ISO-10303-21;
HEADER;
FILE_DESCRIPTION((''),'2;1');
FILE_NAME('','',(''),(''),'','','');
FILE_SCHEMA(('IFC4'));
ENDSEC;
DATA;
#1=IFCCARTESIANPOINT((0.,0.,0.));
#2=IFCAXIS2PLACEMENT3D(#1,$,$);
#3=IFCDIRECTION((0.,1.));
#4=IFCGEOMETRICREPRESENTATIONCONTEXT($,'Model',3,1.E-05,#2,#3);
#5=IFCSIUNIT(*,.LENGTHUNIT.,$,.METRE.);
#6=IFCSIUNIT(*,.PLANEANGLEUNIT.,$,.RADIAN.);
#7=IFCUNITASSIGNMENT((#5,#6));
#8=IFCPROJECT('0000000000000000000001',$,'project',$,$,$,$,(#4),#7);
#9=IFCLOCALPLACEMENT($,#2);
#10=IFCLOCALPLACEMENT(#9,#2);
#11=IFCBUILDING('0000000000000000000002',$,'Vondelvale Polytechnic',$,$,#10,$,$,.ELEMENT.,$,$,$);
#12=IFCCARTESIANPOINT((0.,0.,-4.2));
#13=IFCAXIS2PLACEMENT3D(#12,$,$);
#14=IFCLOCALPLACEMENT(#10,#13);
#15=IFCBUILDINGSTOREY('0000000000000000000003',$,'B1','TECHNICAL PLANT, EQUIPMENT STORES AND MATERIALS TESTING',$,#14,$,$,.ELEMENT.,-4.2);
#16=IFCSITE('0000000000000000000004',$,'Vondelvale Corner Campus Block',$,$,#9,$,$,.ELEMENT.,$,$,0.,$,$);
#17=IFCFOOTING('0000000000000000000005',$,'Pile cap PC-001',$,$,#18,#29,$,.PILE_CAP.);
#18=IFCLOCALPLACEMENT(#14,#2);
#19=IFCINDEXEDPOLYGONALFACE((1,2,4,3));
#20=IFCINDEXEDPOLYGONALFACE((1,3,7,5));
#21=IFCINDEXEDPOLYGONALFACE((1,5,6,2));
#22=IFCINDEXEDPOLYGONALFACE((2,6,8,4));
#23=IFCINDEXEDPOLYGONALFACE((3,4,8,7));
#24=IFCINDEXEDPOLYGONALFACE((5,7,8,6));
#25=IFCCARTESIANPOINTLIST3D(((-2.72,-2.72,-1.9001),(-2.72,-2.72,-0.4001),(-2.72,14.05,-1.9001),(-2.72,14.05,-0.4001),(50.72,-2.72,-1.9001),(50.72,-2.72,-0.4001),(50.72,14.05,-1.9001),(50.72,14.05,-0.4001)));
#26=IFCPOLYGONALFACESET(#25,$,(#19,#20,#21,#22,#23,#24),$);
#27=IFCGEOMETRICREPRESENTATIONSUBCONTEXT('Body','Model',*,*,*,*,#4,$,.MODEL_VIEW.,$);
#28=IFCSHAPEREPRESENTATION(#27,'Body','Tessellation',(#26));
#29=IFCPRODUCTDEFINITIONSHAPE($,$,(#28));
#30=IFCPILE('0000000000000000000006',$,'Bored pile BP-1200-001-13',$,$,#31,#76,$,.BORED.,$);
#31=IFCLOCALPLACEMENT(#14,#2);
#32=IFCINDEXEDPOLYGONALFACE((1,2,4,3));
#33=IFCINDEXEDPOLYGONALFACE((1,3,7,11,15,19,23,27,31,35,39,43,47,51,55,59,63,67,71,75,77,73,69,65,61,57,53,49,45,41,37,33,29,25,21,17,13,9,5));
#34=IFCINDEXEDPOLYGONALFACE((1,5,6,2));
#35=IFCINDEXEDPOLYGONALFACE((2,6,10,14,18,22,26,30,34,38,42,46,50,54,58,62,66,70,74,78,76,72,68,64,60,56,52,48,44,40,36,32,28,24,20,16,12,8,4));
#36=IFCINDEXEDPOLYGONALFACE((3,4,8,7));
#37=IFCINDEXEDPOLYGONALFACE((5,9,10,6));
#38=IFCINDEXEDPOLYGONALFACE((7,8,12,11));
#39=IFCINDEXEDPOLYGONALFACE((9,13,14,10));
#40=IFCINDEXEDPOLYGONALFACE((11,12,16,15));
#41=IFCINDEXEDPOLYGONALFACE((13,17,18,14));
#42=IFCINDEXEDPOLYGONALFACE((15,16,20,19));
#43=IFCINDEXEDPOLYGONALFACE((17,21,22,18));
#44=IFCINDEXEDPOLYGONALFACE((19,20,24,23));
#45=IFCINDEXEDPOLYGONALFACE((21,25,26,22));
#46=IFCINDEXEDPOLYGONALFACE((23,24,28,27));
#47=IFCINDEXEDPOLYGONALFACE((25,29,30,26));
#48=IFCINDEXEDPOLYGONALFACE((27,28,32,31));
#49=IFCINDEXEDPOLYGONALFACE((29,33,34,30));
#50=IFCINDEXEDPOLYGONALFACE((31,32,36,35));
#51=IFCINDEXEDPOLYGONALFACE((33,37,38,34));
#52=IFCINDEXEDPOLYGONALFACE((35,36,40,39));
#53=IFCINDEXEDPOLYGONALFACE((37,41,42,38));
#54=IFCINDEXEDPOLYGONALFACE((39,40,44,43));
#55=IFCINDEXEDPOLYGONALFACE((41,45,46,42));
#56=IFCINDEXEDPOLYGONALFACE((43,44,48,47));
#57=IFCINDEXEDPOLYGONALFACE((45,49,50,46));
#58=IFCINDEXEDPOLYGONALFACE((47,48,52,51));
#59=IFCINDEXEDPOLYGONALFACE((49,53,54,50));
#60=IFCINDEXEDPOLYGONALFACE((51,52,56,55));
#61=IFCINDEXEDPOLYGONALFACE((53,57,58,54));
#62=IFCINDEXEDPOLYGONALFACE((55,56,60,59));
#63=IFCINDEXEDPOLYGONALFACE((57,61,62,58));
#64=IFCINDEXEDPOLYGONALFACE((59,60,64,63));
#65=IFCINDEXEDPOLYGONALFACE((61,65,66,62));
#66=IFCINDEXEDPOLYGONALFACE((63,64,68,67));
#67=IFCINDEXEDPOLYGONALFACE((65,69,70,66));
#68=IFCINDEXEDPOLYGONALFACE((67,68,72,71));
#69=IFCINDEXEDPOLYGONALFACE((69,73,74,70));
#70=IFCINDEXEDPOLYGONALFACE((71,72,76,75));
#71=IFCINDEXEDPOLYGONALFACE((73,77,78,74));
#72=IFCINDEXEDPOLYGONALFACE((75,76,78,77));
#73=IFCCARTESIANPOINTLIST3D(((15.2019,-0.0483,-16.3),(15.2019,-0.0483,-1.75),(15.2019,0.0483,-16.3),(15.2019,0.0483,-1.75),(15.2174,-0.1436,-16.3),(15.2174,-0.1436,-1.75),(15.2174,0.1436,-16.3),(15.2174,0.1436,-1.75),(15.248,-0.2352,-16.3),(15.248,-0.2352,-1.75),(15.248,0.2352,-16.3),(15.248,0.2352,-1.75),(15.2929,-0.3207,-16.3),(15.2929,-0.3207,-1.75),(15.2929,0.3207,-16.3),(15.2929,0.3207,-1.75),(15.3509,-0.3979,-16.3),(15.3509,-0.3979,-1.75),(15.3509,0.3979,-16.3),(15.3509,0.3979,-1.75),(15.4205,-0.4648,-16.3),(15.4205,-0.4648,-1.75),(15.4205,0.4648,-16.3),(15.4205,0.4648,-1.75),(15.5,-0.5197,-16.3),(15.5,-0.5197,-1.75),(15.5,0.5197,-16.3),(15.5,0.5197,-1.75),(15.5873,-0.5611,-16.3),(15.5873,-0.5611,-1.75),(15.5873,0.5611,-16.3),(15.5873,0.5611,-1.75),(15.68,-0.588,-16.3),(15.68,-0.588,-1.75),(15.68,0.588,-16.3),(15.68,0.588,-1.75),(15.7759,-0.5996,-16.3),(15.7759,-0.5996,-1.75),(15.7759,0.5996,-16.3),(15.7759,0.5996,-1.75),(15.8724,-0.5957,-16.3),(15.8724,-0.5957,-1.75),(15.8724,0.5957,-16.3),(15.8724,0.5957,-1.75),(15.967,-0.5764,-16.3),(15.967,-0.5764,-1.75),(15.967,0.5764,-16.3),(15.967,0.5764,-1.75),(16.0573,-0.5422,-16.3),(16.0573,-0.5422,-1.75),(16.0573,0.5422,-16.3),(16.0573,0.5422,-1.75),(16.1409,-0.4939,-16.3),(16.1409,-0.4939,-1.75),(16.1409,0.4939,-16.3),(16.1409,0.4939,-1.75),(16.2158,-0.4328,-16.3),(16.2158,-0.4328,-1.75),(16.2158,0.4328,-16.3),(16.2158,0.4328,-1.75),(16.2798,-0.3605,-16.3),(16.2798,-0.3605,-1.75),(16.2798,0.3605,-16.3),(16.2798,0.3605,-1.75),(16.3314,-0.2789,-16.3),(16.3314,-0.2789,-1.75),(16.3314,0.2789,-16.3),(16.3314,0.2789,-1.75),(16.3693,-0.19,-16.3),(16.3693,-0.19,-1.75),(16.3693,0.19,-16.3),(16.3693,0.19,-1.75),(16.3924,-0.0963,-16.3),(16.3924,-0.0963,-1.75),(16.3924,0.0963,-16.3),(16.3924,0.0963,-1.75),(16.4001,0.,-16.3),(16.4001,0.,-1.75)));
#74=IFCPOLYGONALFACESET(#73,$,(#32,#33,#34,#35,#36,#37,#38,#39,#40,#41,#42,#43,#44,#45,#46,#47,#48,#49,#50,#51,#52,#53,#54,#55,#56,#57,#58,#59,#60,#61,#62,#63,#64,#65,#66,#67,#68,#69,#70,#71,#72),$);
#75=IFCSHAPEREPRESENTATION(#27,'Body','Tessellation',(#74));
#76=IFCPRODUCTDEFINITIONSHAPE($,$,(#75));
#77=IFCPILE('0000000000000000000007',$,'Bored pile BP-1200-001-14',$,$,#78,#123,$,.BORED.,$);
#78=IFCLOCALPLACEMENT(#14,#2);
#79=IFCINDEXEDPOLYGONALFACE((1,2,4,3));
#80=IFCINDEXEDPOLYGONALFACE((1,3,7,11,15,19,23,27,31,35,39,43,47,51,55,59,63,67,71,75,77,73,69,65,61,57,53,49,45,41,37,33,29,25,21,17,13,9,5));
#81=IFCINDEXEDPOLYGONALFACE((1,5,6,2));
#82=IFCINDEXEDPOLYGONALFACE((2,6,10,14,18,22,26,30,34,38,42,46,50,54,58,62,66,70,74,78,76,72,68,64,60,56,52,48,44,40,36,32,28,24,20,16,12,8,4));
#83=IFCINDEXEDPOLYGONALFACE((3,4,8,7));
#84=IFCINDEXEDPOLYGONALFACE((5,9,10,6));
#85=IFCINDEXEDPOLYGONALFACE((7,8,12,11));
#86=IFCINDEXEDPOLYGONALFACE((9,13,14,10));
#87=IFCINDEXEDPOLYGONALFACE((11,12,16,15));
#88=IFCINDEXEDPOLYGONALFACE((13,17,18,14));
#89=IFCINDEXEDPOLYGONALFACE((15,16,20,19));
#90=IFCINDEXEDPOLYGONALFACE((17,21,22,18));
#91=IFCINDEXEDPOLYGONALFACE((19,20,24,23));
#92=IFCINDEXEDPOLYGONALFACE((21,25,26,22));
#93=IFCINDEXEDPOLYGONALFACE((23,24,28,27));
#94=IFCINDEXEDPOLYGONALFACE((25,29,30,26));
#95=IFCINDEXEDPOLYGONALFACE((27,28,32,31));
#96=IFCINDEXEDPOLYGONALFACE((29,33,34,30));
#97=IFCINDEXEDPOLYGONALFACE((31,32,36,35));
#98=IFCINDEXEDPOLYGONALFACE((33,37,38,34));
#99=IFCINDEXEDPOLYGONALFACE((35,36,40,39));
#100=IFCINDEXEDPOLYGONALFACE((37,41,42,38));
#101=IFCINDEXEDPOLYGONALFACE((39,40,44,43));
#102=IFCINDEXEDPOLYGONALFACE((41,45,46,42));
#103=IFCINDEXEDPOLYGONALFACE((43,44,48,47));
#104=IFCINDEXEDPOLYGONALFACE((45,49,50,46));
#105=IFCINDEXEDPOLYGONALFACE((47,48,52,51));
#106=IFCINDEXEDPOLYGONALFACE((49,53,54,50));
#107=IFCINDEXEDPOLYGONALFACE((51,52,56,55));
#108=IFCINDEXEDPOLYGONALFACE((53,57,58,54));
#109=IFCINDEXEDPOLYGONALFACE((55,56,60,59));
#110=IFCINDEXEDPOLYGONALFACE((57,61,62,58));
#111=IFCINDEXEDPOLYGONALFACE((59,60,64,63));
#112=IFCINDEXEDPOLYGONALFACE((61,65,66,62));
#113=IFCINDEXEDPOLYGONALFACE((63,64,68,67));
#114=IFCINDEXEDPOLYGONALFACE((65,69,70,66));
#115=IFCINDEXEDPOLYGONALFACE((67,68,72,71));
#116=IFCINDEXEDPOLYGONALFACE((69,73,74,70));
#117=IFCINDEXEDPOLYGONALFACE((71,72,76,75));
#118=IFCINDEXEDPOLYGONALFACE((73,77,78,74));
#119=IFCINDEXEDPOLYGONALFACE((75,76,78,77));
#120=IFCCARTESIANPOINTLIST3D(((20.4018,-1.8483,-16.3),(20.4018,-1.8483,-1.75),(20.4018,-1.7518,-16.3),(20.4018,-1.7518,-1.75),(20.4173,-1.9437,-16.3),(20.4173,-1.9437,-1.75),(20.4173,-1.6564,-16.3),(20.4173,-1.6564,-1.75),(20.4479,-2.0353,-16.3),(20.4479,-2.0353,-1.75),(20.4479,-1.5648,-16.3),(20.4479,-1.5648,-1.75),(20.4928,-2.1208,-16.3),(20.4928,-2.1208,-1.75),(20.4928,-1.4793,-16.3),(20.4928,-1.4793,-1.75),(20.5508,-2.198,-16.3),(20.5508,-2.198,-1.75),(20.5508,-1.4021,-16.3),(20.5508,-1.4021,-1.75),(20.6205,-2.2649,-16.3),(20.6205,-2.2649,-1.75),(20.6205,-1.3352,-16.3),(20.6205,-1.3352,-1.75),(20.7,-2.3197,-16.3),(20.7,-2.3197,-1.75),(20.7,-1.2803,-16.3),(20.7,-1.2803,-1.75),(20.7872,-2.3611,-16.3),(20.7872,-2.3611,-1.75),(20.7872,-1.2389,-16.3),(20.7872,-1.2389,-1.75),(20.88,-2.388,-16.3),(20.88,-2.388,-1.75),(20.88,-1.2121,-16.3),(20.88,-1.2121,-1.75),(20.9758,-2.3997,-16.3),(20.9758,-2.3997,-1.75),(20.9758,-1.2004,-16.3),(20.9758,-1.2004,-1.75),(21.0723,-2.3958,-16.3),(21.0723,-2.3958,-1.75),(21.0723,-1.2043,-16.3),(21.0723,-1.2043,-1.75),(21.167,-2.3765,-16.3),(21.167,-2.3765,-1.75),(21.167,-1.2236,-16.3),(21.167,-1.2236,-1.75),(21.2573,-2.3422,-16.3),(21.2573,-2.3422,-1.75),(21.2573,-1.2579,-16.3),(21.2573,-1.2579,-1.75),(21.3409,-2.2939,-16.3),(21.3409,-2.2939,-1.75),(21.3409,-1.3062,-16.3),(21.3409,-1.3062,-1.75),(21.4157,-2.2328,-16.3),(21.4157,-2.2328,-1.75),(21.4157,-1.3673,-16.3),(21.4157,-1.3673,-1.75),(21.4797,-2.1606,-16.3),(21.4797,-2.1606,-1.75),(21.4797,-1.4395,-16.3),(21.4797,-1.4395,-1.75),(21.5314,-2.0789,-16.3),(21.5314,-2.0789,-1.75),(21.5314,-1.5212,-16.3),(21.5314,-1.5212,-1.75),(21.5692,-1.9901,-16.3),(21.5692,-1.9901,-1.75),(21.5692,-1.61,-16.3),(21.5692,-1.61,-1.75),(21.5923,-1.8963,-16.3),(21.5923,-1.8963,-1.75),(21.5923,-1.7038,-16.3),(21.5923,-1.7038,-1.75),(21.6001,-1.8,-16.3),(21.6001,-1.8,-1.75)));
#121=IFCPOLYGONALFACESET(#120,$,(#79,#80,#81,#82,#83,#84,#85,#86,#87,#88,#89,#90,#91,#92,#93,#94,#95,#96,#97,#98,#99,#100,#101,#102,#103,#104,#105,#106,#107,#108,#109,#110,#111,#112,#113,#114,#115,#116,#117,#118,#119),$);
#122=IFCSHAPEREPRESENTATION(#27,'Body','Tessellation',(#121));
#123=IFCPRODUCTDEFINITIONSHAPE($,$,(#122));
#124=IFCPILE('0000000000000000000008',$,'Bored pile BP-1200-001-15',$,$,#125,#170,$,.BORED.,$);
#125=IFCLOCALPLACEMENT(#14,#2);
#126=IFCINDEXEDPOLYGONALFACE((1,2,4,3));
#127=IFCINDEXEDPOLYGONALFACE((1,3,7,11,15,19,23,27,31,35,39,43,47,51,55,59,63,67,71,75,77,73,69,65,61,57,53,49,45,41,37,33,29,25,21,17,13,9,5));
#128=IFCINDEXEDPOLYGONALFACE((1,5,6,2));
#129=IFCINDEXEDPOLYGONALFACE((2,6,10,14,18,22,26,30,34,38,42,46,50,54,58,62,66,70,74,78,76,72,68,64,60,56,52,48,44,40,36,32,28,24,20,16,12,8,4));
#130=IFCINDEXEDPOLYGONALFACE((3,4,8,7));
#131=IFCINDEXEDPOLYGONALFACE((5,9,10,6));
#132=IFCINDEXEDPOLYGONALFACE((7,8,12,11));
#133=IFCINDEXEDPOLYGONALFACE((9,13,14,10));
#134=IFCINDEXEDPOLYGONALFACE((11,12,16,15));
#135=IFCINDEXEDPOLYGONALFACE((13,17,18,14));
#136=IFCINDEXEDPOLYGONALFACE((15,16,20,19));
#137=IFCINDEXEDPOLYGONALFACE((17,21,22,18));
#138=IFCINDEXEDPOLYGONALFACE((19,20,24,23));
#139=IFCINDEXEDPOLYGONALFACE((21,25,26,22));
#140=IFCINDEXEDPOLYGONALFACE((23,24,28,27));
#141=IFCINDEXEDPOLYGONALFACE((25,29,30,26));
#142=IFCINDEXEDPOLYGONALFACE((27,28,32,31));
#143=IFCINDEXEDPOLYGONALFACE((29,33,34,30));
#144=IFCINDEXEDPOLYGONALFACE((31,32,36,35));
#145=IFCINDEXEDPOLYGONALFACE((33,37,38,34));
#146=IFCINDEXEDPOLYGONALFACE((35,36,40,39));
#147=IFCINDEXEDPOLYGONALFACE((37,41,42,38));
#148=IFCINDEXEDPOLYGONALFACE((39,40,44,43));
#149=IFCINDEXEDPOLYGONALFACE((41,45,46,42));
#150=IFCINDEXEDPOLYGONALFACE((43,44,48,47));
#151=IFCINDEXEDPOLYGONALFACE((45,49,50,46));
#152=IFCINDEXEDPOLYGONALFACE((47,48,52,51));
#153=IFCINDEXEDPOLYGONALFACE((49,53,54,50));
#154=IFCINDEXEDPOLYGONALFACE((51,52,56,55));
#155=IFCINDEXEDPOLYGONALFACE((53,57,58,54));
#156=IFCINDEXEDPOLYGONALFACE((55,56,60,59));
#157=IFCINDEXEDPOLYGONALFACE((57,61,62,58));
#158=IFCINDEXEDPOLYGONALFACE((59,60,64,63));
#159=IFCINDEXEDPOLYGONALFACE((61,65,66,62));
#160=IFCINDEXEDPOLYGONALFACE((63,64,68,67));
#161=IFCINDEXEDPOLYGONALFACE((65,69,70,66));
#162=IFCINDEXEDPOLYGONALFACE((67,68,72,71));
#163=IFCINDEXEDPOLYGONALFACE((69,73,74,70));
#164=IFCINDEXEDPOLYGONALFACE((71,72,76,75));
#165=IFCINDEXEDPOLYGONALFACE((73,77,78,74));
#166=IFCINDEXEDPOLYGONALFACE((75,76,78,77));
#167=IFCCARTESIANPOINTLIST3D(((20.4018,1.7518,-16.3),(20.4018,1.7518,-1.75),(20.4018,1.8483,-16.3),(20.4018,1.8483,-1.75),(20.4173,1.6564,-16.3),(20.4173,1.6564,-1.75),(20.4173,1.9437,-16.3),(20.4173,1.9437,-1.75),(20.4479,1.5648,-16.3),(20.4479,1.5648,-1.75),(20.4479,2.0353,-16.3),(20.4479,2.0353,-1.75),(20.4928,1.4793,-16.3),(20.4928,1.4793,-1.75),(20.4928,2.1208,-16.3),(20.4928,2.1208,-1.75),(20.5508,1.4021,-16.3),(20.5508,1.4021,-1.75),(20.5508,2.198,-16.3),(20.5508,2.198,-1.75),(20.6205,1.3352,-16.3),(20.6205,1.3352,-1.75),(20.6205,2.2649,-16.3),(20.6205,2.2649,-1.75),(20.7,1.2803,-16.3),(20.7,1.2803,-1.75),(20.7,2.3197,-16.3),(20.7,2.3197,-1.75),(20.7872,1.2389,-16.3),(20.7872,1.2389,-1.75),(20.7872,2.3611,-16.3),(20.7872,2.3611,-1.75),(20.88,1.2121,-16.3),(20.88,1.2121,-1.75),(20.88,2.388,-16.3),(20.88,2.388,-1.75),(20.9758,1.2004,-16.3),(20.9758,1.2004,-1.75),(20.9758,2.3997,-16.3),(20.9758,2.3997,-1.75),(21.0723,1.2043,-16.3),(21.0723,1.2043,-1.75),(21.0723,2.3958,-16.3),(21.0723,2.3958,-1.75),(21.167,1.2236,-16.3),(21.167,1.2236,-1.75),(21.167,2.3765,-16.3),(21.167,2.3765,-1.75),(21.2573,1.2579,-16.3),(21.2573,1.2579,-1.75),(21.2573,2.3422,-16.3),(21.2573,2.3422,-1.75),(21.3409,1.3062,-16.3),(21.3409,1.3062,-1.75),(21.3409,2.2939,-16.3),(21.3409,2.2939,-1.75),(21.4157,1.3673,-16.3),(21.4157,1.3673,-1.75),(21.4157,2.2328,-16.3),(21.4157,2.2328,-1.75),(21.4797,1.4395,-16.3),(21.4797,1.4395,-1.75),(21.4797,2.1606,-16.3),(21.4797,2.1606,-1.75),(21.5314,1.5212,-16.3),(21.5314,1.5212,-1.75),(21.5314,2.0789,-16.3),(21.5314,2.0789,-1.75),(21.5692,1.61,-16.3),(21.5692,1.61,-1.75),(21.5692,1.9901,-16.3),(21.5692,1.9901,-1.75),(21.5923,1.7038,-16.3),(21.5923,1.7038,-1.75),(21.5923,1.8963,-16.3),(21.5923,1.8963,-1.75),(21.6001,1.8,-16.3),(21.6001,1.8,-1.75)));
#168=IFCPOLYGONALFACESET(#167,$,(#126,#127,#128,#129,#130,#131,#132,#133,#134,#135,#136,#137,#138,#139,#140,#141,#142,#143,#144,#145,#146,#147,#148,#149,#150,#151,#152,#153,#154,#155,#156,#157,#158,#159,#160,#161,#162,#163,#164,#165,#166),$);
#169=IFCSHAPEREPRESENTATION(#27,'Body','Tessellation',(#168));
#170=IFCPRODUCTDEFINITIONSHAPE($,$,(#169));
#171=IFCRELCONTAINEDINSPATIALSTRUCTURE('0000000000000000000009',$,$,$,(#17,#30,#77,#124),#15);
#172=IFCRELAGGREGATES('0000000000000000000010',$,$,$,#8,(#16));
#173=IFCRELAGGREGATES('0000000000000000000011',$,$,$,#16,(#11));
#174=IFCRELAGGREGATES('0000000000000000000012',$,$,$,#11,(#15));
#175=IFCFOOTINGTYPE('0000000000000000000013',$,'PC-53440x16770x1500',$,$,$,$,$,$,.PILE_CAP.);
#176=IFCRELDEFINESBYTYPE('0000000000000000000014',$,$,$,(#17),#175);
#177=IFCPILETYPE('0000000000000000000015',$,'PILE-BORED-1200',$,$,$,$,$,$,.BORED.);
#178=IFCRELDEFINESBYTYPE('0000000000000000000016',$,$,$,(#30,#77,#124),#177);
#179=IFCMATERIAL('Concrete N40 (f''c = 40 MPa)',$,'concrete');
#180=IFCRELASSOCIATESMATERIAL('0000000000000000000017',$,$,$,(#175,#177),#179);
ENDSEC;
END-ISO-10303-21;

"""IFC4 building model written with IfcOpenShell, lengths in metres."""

from ifc_helpers import new_model, si_unit, direction, frame, origin, origin_2d, place, context, subcontext, project, spatial, rectangle, circle, extrude, material, material_profile, profile_set, type_object, element, save


model = new_model("IFC4")

# Units and contexts
model_context = context("Model", 3, precision=1e-05, world=origin(), true_north=direction((0.0, 1.0)))
body_context = subcontext(model_context, "Body", "Model", "MODEL_VIEW")
ifc_project = project(units=[si_unit("LENGTHUNIT", "METRE"), si_unit("PLANEANGLEUNIT", "RADIAN")], contexts=[model_context])

# Site, building, storey
site_placement = place(None, origin())
site = spatial("IfcSite", under=ifc_project, at=site_placement, Name="Vondelvale Corner Campus Block", CompositionType="ELEMENT", RefElevation=0.0)
building_placement = place(site_placement, origin())
building = spatial("IfcBuilding", under=site, at=building_placement, Name="Vondelvale Polytechnic", CompositionType="ELEMENT")
storey_placement = place(building_placement, frame((0.0, 0.0, -4.2)))
storey = spatial("IfcBuildingStorey", under=building, at=storey_placement, Name="B1", Description="TECHNICAL PLANT, EQUIPMENT STORES AND MATERIALS TESTING", CompositionType="ELEMENT", Elevation=-4.2)

# Footing
ifc_material_1 = material(Name="Concrete N40 (f'c = 40 MPa)", Category="concrete")
footing_type = type_object("IfcFootingType", Name="PC-53440x16770x1500", PredefinedType="PILE_CAP", material=ifc_material_1)
footing_placement = place(storey_placement, frame((24.0, 5.665, -1.9001), z_axis=(0.0, 0.0, 1.0), x_axis=(1.0, 0.0, 0.0)))
element("IfcFooting", 1, at=footing_placement, inside=storey, type_object=footing_type, Name="Pile cap PC-001", PredefinedType="PILE_CAP", context=body_context, shape_type="SweptSolid", body=[
    extrude(rectangle(XDim=53.4399, YDim=16.77, at=origin_2d()), origin(), (0.0, 0.0, 1.0), 1.5),
])

# Piles
ifc_material_profile_1 = material_profile(ifc_material_1, circle(Radius=0.6001, at=origin_2d()), Name="PILE-D1200")
ifc_profile_set_1 = profile_set([ifc_material_profile_1], Name="Concrete N40 (f'c = 40 MPa)")
pile_type = type_object("IfcPileType", Name="PILE-BORED-1200", PredefinedType="BORED", material=ifc_profile_set_1)
for number, where, z_axis, x_axis, name in (
    (2, (15.8, 0.0, -1.75), (0.0, 0.0, -1.0), (1.0, 0.0, 0.0), "Bored pile BP-1200-001-13"),
    (3, (21.0, -1.8, -1.75), (0.0, 0.0, -1.0), (1.0, 0.0, 0.0), "Bored pile BP-1200-001-14"),
    (4, (21.0, 1.8, -1.75), (0.0, 0.0, -1.0), (1.0, 0.0, 0.0), "Bored pile BP-1200-001-15"),
):
    element("IfcPile", number, at=place(storey_placement, frame(where, z_axis=z_axis, x_axis=x_axis)), inside=storey, type_object=pile_type, Name=name, PredefinedType="BORED", context=body_context, shape_type="SweptSolid", body=[
        extrude(circle(Radius=0.6001, at=origin_2d()), origin(), (0.0, 0.0, 1.0), 14.55),
    ])

save(model, "model.ifc")
